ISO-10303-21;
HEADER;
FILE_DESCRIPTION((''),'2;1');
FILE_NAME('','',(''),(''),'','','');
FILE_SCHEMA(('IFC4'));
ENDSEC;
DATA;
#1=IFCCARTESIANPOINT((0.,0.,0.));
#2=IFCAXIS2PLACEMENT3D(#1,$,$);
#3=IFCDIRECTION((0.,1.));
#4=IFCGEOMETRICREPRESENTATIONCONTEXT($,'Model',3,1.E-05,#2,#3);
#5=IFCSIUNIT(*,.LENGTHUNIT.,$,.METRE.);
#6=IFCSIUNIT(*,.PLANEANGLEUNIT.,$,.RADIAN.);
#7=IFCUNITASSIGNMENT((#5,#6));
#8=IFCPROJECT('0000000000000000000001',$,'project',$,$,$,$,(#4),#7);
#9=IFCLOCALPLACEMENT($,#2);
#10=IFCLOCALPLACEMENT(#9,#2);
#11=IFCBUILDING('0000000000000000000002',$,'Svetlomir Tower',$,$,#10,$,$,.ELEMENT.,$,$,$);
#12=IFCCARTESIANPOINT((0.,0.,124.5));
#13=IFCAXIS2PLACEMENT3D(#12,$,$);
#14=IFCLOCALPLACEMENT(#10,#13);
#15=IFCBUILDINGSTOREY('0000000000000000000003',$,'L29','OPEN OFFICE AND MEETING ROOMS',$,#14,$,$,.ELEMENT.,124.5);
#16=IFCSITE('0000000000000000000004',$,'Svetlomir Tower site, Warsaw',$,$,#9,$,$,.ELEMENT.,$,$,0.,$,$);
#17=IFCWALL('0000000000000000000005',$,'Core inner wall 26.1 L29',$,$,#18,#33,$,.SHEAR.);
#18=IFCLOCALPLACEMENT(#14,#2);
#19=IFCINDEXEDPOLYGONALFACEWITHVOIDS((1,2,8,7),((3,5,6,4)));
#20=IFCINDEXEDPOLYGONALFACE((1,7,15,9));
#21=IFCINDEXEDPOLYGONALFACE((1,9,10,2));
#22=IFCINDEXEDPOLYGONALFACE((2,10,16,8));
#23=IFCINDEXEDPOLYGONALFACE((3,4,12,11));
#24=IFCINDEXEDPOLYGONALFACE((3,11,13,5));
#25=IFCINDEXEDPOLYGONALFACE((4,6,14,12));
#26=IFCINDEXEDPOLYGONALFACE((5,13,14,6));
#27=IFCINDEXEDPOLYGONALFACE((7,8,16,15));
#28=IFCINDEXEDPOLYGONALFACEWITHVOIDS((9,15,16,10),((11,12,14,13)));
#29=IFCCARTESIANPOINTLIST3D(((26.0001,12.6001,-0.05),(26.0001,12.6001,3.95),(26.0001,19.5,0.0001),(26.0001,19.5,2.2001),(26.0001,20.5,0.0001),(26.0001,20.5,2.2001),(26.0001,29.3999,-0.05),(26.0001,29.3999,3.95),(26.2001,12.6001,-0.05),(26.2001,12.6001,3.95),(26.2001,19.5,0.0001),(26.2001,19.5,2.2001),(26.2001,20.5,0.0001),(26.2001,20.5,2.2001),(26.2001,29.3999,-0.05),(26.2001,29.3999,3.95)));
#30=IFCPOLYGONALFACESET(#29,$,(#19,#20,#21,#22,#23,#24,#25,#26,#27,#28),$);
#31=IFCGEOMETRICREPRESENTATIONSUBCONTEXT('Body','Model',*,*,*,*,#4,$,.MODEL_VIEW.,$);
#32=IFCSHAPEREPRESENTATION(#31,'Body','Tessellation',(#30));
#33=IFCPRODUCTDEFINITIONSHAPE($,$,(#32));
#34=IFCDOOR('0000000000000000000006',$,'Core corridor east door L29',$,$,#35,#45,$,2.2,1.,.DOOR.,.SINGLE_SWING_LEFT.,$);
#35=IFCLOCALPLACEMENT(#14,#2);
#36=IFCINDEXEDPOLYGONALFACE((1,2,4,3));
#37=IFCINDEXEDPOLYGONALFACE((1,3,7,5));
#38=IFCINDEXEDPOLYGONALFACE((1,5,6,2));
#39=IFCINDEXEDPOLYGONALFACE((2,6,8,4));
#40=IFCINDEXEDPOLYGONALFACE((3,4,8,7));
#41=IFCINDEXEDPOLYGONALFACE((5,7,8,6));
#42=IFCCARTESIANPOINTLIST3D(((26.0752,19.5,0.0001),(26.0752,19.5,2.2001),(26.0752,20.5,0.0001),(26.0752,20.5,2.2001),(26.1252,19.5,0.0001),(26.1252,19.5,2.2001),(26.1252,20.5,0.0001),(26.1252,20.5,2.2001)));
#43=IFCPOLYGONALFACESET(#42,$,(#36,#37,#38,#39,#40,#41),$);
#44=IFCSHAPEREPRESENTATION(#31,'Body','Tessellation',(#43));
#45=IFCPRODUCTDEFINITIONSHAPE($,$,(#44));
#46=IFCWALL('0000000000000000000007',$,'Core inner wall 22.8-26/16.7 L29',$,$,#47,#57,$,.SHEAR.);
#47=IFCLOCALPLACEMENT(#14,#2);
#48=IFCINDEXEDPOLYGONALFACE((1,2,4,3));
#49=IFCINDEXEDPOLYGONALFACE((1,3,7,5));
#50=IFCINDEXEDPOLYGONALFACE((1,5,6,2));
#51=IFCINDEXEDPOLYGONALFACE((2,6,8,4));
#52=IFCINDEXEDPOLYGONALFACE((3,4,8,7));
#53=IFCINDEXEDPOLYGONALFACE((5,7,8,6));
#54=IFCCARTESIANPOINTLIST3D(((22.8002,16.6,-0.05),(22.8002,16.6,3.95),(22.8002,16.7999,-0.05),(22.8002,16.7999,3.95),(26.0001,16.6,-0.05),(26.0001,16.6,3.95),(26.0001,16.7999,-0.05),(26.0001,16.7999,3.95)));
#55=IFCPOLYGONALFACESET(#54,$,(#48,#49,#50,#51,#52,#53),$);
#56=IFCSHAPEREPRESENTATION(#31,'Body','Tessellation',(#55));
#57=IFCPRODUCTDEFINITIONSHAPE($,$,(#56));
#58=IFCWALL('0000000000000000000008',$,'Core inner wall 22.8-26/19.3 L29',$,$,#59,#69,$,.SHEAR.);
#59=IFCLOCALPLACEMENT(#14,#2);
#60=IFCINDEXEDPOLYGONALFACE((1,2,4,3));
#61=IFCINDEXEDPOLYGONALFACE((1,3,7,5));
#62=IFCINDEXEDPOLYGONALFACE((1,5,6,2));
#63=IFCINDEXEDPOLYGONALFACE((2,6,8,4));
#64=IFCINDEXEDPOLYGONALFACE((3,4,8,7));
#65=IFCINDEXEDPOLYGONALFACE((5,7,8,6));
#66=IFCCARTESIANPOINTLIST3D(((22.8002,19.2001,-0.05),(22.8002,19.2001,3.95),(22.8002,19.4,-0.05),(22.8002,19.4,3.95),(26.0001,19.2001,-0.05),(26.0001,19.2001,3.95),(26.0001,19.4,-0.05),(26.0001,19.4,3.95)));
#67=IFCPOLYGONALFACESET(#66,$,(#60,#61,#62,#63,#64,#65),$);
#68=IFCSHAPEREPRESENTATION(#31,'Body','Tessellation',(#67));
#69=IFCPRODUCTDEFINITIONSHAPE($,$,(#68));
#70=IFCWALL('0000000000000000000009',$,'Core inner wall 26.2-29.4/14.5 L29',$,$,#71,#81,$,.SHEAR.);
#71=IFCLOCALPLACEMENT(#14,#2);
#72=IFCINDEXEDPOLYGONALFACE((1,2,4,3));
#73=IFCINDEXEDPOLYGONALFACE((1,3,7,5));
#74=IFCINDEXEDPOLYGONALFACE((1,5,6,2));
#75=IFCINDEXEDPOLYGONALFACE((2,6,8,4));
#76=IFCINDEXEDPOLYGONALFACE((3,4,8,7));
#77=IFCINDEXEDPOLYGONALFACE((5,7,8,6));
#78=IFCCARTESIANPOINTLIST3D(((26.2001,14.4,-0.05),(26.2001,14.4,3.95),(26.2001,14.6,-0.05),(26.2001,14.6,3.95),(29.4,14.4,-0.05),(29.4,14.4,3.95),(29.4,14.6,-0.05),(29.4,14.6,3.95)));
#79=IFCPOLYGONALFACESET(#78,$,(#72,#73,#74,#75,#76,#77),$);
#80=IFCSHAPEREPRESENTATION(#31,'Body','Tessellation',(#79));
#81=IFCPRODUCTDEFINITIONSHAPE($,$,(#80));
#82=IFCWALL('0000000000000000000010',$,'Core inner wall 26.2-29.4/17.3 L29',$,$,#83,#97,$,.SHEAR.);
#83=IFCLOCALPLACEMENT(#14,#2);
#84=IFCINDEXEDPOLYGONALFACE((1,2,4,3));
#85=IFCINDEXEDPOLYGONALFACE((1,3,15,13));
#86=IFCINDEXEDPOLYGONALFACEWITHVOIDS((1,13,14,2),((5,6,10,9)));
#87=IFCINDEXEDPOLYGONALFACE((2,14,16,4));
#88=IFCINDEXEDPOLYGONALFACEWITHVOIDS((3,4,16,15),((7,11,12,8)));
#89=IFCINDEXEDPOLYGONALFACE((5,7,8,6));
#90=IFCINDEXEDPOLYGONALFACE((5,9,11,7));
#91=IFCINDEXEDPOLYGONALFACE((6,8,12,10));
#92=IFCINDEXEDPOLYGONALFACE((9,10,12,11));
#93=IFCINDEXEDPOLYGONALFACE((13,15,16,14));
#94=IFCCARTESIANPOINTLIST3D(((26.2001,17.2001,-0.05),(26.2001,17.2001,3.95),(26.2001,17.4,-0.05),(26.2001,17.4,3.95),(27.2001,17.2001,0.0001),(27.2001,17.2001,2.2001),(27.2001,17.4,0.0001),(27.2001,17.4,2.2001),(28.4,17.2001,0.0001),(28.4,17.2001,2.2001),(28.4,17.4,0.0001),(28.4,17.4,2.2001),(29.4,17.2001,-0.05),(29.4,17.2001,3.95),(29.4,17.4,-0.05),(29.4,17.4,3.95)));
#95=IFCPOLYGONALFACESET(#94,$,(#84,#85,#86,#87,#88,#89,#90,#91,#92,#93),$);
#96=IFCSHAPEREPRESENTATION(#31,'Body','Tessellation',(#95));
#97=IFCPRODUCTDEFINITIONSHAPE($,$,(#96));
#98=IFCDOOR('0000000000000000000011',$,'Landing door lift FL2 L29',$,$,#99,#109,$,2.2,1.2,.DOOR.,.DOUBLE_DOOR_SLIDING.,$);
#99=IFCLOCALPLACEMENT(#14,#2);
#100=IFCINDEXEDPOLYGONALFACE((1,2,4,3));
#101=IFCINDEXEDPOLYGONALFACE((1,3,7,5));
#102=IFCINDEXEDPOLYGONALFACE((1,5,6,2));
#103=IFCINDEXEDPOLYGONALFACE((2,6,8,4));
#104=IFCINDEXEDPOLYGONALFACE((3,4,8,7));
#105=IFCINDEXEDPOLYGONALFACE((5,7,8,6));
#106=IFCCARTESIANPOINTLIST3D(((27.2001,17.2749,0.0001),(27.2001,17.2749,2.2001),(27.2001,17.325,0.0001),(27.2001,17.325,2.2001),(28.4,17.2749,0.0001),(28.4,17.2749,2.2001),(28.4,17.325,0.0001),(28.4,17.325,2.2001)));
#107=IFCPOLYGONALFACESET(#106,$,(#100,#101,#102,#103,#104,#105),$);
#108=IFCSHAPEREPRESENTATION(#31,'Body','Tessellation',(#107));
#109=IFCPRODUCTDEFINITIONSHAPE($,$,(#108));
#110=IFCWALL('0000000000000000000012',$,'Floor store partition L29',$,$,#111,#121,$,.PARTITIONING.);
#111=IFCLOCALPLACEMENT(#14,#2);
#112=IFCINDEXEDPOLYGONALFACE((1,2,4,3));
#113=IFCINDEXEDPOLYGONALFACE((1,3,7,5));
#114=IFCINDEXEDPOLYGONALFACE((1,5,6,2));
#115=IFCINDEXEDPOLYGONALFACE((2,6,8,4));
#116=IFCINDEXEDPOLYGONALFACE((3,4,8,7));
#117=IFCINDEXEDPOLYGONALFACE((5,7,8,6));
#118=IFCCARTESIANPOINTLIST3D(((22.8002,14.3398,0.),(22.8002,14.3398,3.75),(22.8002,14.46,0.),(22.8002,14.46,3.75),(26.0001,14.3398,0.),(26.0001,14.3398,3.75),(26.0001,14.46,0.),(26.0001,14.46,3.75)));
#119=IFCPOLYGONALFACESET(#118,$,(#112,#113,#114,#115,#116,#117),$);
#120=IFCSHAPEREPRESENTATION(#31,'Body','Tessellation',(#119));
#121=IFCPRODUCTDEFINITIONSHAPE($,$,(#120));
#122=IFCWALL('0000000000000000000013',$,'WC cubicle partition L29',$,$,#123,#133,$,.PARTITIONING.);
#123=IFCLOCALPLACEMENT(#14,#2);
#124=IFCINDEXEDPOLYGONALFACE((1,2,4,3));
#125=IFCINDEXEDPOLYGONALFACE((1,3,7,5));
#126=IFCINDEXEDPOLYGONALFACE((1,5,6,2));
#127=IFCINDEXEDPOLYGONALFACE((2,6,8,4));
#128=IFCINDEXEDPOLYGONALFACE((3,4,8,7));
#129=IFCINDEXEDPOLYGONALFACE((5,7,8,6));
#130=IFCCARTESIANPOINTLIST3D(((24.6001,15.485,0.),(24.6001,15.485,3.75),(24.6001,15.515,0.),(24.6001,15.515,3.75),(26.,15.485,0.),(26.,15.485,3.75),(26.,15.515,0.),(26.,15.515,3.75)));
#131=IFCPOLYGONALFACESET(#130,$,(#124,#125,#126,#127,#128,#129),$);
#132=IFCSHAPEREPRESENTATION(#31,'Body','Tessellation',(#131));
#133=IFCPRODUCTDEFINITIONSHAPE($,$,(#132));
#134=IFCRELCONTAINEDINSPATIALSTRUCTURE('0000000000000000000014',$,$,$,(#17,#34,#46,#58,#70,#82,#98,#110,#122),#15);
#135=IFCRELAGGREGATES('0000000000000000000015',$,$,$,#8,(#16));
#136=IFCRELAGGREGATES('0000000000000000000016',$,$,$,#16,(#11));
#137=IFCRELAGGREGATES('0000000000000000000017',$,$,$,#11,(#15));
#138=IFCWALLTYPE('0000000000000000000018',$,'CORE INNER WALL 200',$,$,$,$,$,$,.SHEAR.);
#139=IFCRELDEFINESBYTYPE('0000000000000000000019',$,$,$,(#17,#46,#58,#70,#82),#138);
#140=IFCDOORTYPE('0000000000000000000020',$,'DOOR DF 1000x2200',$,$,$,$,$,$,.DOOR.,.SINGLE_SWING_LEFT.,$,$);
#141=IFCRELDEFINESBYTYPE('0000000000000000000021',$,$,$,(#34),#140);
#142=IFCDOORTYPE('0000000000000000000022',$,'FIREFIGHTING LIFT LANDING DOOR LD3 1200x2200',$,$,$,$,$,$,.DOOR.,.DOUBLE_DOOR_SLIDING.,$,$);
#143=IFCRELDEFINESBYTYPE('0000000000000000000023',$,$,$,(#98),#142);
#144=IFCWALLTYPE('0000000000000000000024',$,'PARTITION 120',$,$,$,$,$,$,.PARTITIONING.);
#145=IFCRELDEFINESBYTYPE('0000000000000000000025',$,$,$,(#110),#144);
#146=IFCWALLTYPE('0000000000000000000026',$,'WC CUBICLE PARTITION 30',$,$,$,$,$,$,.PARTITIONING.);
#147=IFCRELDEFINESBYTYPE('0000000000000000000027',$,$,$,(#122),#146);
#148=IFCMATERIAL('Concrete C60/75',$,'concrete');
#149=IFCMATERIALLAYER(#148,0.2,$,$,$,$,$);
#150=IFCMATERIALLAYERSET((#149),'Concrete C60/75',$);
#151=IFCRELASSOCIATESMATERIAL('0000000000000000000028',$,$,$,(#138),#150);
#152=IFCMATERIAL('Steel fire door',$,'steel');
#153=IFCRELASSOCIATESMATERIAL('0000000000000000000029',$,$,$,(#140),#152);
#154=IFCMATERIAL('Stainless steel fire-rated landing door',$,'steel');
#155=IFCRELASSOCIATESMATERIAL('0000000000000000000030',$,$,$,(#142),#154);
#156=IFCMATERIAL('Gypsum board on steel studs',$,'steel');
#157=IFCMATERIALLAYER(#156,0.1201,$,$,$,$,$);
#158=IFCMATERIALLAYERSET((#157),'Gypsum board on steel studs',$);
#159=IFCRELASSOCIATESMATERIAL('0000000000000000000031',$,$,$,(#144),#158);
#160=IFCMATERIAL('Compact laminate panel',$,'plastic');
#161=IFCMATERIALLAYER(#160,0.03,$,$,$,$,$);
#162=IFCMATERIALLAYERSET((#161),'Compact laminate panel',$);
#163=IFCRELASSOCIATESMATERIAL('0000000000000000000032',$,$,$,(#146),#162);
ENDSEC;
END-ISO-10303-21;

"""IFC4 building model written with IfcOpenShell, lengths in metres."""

from ifc_helpers import new_model, si_unit, direction, frame, frame_2d, origin, place, context, subcontext, project, spatial, rectangle, extrude, material, layer, layer_set, type_object, element, fill, save


model = new_model("IFC4")

# Units and contexts
model_context = context("Model", 3, precision=1e-05, world=origin(), true_north=direction((0.0, 1.0)))
body_context = subcontext(model_context, "Body", "Model", "MODEL_VIEW")
ifc_project = project(units=[si_unit("LENGTHUNIT", "METRE"), si_unit("PLANEANGLEUNIT", "RADIAN")], contexts=[model_context])

# Site, building, storey
site_placement = place(None, origin())
site = spatial("IfcSite", under=ifc_project, at=site_placement, Name="Svetlomir Tower site, Warsaw", CompositionType="ELEMENT", RefElevation=0.0)
building_placement = place(site_placement, origin())
building = spatial("IfcBuilding", under=site, at=building_placement, Name="Svetlomir Tower", CompositionType="ELEMENT")
storey_placement = place(building_placement, frame((0.0, 0.0, 124.5)))
storey = spatial("IfcBuildingStorey", under=building, at=storey_placement, Name="L29", Description="OPEN OFFICE AND MEETING ROOMS", CompositionType="ELEMENT", Elevation=124.5)

# Wall, opening, door
ifc_material_1 = material(Name="Concrete C60/75", Category="concrete")
ifc_layer_1 = layer(ifc_material_1, 0.2)
ifc_layer_set_1 = layer_set([ifc_layer_1], Name="Concrete C60/75")
wall_type_1 = type_object("IfcWallType", Name="CORE INNER WALL 200", PredefinedType="SHEAR", material=ifc_layer_set_1)
wall_1_placement = place(storey_placement, frame((26.1001, 12.6001, -0.05), z_axis=(0.0, 0.0, 1.0), x_axis=(0.0, 1.0, 0.0)))
wall_1 = element("IfcWall", 1, at=wall_1_placement, inside=storey, type_object=wall_type_1, Name="Core inner wall 26.1 L29", PredefinedType="SHEAR", context=body_context, shape_type="SweptSolid", body=[
    extrude(rectangle(XDim=16.7998, YDim=0.2, at=frame_2d((8.3999, 0.0))), origin(), (0.0, 0.0, 1.0), 4.0),
])
opening_1_placement = place(wall_1_placement, frame((6.8999, 0.0, 0.05)))
opening_1 = element("IfcOpeningElement", 2, at=opening_1_placement, cuts=wall_1, PredefinedType="OPENING", context=body_context, shape_type="SweptSolid", body=[
    extrude(rectangle(XDim=1.0, YDim=2.2, at=frame_2d((0.5, 1.1001))), frame((0.0, 0.1099, 0.0), z_axis=(0.0, -1.0, 0.0), x_axis=(1.0, 0.0, 0.0)), (0.0, 0.0, 1.0), 0.22),
])
ifc_material_2 = material(Name="Steel fire door", Category="steel")
door_type_1 = type_object("IfcDoorType", Name="DOOR DF 1000x2200", OperationType="SINGLE_SWING_LEFT", PredefinedType="DOOR", material=ifc_material_2)
door_1_placement = place(opening_1_placement, origin())
door_1 = element("IfcDoor", 3, at=door_1_placement, inside=storey, type_object=door_type_1, Name="Core corridor east door L29", OperationType="SINGLE_SWING_LEFT", OverallHeight=2.2, OverallWidth=1.0, PredefinedType="DOOR", context=body_context, shape_type="SweptSolid", body=[
    extrude(rectangle(XDim=1.0, YDim=2.2, at=frame_2d((0.5, 1.1001))), frame((0.0, 0.0249, 0.0), z_axis=(0.0, -1.0, 0.0), x_axis=(1.0, 0.0, 0.0)), (0.0, 0.0, 1.0), 0.05),
])
fill(opening_1, door_1)

# Walls
for number, where, z_axis, x_axis, name in (
    (4, (22.8, 16.7, -0.05), (0.0, 0.0, 1.0), (1.0, 0.0, 0.0), "Core inner wall 22.8-26/16.7 L29"),
    (5, (22.8, 19.3, -0.05), (0.0, 0.0, 1.0), (1.0, 0.0, 0.0), "Core inner wall 22.8-26/19.3 L29"),
    (6, (26.2, 14.5, -0.05), (0.0, 0.0, 1.0), (1.0, 0.0, 0.0), "Core inner wall 26.2-29.4/14.5 L29"),
):
    element("IfcWall", number, at=place(storey_placement, frame(where, z_axis=z_axis, x_axis=x_axis)), inside=storey, type_object=wall_type_1, Name=name, PredefinedType="SHEAR", context=body_context, shape_type="SweptSolid", body=[
        extrude(rectangle(XDim=3.2, YDim=0.2, at=frame_2d((1.6001, 0.0))), origin(), (0.0, 0.0, 1.0), 4.0),
    ])

# Wall, opening, door
wall_2_placement = place(storey_placement, frame((26.2, 17.3, -0.05), z_axis=(0.0, 0.0, 1.0), x_axis=(1.0, 0.0, 0.0)))
wall_2 = element("IfcWall", 7, at=wall_2_placement, inside=storey, type_object=wall_type_1, Name="Core inner wall 26.2-29.4/17.3 L29", PredefinedType="SHEAR", context=body_context, shape_type="SweptSolid", body=[
    extrude(rectangle(XDim=3.2, YDim=0.2, at=frame_2d((1.6001, 0.0))), origin(), (0.0, 0.0, 1.0), 4.0),
])
opening_2_placement = place(wall_2_placement, frame((1.0, 0.0, 0.05)))
opening_2 = element("IfcOpeningElement", 8, at=opening_2_placement, cuts=wall_2, PredefinedType="OPENING", context=body_context, shape_type="SweptSolid", body=[
    extrude(rectangle(XDim=1.2, YDim=2.2, at=frame_2d((0.6001, 1.1001))), frame((0.0, 0.1099, 0.0), z_axis=(0.0, -1.0, 0.0), x_axis=(1.0, 0.0, 0.0)), (0.0, 0.0, 1.0), 0.22),
])
ifc_material_3 = material(Name="Stainless steel fire-rated landing door", Category="steel")
door_type_2 = type_object("IfcDoorType", Name="FIREFIGHTING LIFT LANDING DOOR LD3 1200x2200", OperationType="DOUBLE_DOOR_SLIDING", PredefinedType="DOOR", material=ifc_material_3)
door_2_placement = place(opening_2_placement, origin())
door_2 = element("IfcDoor", 9, at=door_2_placement, inside=storey, type_object=door_type_2, Name="Landing door lift FL2 L29", OperationType="DOUBLE_DOOR_SLIDING", OverallHeight=2.2, OverallWidth=1.2, PredefinedType="DOOR", context=body_context, shape_type="SweptSolid", body=[
    extrude(rectangle(XDim=1.2, YDim=2.2, at=frame_2d((0.6001, 1.1001))), frame((0.0, 0.0249, 0.0), z_axis=(0.0, -1.0, 0.0), x_axis=(1.0, 0.0, 0.0)), (0.0, 0.0, 1.0), 0.05),
])
fill(opening_2, door_2)

# Walls
ifc_material_4 = material(Name="Gypsum board on steel studs", Category="steel")
ifc_layer_2 = layer(ifc_material_4, 0.1201)
ifc_layer_set_2 = layer_set([ifc_layer_2], Name="Gypsum board on steel studs")
wall_type_2 = type_object("IfcWallType", Name="PARTITION 120", PredefinedType="PARTITIONING", material=ifc_layer_set_2)
wall_3_placement = place(storey_placement, frame((22.8, 14.3999, 0.0), z_axis=(0.0, 0.0, 1.0), x_axis=(1.0, 0.0, 0.0)))
element("IfcWall", 10, at=wall_3_placement, inside=storey, type_object=wall_type_2, Name="Floor store partition L29", PredefinedType="PARTITIONING", context=body_context, shape_type="SweptSolid", body=[
    extrude(rectangle(XDim=3.2, YDim=0.1201, at=frame_2d((1.6001, 0.0))), origin(), (0.0, 0.0, 1.0), 3.75),
])
ifc_material_5 = material(Name="Compact laminate panel", Category="plastic")
ifc_layer_3 = layer(ifc_material_5, 0.03)
ifc_layer_set_3 = layer_set([ifc_layer_3], Name="Compact laminate panel")
wall_type_3 = type_object("IfcWallType", Name="WC CUBICLE PARTITION 30", PredefinedType="PARTITIONING", material=ifc_layer_set_3)
wall_4_placement = place(storey_placement, frame((24.6001, 15.5, 0.0), z_axis=(0.0, 0.0, 1.0), x_axis=(1.0, 0.0, 0.0)))
element("IfcWall", 11, at=wall_4_placement, inside=storey, type_object=wall_type_3, Name="WC cubicle partition L29", PredefinedType="PARTITIONING", context=body_context, shape_type="SweptSolid", body=[
    extrude(rectangle(XDim=1.3999, YDim=0.03, at=frame_2d((0.7, 0.0))), origin(), (0.0, 0.0, 1.0), 3.75),
])

save(model, "model.ifc")
